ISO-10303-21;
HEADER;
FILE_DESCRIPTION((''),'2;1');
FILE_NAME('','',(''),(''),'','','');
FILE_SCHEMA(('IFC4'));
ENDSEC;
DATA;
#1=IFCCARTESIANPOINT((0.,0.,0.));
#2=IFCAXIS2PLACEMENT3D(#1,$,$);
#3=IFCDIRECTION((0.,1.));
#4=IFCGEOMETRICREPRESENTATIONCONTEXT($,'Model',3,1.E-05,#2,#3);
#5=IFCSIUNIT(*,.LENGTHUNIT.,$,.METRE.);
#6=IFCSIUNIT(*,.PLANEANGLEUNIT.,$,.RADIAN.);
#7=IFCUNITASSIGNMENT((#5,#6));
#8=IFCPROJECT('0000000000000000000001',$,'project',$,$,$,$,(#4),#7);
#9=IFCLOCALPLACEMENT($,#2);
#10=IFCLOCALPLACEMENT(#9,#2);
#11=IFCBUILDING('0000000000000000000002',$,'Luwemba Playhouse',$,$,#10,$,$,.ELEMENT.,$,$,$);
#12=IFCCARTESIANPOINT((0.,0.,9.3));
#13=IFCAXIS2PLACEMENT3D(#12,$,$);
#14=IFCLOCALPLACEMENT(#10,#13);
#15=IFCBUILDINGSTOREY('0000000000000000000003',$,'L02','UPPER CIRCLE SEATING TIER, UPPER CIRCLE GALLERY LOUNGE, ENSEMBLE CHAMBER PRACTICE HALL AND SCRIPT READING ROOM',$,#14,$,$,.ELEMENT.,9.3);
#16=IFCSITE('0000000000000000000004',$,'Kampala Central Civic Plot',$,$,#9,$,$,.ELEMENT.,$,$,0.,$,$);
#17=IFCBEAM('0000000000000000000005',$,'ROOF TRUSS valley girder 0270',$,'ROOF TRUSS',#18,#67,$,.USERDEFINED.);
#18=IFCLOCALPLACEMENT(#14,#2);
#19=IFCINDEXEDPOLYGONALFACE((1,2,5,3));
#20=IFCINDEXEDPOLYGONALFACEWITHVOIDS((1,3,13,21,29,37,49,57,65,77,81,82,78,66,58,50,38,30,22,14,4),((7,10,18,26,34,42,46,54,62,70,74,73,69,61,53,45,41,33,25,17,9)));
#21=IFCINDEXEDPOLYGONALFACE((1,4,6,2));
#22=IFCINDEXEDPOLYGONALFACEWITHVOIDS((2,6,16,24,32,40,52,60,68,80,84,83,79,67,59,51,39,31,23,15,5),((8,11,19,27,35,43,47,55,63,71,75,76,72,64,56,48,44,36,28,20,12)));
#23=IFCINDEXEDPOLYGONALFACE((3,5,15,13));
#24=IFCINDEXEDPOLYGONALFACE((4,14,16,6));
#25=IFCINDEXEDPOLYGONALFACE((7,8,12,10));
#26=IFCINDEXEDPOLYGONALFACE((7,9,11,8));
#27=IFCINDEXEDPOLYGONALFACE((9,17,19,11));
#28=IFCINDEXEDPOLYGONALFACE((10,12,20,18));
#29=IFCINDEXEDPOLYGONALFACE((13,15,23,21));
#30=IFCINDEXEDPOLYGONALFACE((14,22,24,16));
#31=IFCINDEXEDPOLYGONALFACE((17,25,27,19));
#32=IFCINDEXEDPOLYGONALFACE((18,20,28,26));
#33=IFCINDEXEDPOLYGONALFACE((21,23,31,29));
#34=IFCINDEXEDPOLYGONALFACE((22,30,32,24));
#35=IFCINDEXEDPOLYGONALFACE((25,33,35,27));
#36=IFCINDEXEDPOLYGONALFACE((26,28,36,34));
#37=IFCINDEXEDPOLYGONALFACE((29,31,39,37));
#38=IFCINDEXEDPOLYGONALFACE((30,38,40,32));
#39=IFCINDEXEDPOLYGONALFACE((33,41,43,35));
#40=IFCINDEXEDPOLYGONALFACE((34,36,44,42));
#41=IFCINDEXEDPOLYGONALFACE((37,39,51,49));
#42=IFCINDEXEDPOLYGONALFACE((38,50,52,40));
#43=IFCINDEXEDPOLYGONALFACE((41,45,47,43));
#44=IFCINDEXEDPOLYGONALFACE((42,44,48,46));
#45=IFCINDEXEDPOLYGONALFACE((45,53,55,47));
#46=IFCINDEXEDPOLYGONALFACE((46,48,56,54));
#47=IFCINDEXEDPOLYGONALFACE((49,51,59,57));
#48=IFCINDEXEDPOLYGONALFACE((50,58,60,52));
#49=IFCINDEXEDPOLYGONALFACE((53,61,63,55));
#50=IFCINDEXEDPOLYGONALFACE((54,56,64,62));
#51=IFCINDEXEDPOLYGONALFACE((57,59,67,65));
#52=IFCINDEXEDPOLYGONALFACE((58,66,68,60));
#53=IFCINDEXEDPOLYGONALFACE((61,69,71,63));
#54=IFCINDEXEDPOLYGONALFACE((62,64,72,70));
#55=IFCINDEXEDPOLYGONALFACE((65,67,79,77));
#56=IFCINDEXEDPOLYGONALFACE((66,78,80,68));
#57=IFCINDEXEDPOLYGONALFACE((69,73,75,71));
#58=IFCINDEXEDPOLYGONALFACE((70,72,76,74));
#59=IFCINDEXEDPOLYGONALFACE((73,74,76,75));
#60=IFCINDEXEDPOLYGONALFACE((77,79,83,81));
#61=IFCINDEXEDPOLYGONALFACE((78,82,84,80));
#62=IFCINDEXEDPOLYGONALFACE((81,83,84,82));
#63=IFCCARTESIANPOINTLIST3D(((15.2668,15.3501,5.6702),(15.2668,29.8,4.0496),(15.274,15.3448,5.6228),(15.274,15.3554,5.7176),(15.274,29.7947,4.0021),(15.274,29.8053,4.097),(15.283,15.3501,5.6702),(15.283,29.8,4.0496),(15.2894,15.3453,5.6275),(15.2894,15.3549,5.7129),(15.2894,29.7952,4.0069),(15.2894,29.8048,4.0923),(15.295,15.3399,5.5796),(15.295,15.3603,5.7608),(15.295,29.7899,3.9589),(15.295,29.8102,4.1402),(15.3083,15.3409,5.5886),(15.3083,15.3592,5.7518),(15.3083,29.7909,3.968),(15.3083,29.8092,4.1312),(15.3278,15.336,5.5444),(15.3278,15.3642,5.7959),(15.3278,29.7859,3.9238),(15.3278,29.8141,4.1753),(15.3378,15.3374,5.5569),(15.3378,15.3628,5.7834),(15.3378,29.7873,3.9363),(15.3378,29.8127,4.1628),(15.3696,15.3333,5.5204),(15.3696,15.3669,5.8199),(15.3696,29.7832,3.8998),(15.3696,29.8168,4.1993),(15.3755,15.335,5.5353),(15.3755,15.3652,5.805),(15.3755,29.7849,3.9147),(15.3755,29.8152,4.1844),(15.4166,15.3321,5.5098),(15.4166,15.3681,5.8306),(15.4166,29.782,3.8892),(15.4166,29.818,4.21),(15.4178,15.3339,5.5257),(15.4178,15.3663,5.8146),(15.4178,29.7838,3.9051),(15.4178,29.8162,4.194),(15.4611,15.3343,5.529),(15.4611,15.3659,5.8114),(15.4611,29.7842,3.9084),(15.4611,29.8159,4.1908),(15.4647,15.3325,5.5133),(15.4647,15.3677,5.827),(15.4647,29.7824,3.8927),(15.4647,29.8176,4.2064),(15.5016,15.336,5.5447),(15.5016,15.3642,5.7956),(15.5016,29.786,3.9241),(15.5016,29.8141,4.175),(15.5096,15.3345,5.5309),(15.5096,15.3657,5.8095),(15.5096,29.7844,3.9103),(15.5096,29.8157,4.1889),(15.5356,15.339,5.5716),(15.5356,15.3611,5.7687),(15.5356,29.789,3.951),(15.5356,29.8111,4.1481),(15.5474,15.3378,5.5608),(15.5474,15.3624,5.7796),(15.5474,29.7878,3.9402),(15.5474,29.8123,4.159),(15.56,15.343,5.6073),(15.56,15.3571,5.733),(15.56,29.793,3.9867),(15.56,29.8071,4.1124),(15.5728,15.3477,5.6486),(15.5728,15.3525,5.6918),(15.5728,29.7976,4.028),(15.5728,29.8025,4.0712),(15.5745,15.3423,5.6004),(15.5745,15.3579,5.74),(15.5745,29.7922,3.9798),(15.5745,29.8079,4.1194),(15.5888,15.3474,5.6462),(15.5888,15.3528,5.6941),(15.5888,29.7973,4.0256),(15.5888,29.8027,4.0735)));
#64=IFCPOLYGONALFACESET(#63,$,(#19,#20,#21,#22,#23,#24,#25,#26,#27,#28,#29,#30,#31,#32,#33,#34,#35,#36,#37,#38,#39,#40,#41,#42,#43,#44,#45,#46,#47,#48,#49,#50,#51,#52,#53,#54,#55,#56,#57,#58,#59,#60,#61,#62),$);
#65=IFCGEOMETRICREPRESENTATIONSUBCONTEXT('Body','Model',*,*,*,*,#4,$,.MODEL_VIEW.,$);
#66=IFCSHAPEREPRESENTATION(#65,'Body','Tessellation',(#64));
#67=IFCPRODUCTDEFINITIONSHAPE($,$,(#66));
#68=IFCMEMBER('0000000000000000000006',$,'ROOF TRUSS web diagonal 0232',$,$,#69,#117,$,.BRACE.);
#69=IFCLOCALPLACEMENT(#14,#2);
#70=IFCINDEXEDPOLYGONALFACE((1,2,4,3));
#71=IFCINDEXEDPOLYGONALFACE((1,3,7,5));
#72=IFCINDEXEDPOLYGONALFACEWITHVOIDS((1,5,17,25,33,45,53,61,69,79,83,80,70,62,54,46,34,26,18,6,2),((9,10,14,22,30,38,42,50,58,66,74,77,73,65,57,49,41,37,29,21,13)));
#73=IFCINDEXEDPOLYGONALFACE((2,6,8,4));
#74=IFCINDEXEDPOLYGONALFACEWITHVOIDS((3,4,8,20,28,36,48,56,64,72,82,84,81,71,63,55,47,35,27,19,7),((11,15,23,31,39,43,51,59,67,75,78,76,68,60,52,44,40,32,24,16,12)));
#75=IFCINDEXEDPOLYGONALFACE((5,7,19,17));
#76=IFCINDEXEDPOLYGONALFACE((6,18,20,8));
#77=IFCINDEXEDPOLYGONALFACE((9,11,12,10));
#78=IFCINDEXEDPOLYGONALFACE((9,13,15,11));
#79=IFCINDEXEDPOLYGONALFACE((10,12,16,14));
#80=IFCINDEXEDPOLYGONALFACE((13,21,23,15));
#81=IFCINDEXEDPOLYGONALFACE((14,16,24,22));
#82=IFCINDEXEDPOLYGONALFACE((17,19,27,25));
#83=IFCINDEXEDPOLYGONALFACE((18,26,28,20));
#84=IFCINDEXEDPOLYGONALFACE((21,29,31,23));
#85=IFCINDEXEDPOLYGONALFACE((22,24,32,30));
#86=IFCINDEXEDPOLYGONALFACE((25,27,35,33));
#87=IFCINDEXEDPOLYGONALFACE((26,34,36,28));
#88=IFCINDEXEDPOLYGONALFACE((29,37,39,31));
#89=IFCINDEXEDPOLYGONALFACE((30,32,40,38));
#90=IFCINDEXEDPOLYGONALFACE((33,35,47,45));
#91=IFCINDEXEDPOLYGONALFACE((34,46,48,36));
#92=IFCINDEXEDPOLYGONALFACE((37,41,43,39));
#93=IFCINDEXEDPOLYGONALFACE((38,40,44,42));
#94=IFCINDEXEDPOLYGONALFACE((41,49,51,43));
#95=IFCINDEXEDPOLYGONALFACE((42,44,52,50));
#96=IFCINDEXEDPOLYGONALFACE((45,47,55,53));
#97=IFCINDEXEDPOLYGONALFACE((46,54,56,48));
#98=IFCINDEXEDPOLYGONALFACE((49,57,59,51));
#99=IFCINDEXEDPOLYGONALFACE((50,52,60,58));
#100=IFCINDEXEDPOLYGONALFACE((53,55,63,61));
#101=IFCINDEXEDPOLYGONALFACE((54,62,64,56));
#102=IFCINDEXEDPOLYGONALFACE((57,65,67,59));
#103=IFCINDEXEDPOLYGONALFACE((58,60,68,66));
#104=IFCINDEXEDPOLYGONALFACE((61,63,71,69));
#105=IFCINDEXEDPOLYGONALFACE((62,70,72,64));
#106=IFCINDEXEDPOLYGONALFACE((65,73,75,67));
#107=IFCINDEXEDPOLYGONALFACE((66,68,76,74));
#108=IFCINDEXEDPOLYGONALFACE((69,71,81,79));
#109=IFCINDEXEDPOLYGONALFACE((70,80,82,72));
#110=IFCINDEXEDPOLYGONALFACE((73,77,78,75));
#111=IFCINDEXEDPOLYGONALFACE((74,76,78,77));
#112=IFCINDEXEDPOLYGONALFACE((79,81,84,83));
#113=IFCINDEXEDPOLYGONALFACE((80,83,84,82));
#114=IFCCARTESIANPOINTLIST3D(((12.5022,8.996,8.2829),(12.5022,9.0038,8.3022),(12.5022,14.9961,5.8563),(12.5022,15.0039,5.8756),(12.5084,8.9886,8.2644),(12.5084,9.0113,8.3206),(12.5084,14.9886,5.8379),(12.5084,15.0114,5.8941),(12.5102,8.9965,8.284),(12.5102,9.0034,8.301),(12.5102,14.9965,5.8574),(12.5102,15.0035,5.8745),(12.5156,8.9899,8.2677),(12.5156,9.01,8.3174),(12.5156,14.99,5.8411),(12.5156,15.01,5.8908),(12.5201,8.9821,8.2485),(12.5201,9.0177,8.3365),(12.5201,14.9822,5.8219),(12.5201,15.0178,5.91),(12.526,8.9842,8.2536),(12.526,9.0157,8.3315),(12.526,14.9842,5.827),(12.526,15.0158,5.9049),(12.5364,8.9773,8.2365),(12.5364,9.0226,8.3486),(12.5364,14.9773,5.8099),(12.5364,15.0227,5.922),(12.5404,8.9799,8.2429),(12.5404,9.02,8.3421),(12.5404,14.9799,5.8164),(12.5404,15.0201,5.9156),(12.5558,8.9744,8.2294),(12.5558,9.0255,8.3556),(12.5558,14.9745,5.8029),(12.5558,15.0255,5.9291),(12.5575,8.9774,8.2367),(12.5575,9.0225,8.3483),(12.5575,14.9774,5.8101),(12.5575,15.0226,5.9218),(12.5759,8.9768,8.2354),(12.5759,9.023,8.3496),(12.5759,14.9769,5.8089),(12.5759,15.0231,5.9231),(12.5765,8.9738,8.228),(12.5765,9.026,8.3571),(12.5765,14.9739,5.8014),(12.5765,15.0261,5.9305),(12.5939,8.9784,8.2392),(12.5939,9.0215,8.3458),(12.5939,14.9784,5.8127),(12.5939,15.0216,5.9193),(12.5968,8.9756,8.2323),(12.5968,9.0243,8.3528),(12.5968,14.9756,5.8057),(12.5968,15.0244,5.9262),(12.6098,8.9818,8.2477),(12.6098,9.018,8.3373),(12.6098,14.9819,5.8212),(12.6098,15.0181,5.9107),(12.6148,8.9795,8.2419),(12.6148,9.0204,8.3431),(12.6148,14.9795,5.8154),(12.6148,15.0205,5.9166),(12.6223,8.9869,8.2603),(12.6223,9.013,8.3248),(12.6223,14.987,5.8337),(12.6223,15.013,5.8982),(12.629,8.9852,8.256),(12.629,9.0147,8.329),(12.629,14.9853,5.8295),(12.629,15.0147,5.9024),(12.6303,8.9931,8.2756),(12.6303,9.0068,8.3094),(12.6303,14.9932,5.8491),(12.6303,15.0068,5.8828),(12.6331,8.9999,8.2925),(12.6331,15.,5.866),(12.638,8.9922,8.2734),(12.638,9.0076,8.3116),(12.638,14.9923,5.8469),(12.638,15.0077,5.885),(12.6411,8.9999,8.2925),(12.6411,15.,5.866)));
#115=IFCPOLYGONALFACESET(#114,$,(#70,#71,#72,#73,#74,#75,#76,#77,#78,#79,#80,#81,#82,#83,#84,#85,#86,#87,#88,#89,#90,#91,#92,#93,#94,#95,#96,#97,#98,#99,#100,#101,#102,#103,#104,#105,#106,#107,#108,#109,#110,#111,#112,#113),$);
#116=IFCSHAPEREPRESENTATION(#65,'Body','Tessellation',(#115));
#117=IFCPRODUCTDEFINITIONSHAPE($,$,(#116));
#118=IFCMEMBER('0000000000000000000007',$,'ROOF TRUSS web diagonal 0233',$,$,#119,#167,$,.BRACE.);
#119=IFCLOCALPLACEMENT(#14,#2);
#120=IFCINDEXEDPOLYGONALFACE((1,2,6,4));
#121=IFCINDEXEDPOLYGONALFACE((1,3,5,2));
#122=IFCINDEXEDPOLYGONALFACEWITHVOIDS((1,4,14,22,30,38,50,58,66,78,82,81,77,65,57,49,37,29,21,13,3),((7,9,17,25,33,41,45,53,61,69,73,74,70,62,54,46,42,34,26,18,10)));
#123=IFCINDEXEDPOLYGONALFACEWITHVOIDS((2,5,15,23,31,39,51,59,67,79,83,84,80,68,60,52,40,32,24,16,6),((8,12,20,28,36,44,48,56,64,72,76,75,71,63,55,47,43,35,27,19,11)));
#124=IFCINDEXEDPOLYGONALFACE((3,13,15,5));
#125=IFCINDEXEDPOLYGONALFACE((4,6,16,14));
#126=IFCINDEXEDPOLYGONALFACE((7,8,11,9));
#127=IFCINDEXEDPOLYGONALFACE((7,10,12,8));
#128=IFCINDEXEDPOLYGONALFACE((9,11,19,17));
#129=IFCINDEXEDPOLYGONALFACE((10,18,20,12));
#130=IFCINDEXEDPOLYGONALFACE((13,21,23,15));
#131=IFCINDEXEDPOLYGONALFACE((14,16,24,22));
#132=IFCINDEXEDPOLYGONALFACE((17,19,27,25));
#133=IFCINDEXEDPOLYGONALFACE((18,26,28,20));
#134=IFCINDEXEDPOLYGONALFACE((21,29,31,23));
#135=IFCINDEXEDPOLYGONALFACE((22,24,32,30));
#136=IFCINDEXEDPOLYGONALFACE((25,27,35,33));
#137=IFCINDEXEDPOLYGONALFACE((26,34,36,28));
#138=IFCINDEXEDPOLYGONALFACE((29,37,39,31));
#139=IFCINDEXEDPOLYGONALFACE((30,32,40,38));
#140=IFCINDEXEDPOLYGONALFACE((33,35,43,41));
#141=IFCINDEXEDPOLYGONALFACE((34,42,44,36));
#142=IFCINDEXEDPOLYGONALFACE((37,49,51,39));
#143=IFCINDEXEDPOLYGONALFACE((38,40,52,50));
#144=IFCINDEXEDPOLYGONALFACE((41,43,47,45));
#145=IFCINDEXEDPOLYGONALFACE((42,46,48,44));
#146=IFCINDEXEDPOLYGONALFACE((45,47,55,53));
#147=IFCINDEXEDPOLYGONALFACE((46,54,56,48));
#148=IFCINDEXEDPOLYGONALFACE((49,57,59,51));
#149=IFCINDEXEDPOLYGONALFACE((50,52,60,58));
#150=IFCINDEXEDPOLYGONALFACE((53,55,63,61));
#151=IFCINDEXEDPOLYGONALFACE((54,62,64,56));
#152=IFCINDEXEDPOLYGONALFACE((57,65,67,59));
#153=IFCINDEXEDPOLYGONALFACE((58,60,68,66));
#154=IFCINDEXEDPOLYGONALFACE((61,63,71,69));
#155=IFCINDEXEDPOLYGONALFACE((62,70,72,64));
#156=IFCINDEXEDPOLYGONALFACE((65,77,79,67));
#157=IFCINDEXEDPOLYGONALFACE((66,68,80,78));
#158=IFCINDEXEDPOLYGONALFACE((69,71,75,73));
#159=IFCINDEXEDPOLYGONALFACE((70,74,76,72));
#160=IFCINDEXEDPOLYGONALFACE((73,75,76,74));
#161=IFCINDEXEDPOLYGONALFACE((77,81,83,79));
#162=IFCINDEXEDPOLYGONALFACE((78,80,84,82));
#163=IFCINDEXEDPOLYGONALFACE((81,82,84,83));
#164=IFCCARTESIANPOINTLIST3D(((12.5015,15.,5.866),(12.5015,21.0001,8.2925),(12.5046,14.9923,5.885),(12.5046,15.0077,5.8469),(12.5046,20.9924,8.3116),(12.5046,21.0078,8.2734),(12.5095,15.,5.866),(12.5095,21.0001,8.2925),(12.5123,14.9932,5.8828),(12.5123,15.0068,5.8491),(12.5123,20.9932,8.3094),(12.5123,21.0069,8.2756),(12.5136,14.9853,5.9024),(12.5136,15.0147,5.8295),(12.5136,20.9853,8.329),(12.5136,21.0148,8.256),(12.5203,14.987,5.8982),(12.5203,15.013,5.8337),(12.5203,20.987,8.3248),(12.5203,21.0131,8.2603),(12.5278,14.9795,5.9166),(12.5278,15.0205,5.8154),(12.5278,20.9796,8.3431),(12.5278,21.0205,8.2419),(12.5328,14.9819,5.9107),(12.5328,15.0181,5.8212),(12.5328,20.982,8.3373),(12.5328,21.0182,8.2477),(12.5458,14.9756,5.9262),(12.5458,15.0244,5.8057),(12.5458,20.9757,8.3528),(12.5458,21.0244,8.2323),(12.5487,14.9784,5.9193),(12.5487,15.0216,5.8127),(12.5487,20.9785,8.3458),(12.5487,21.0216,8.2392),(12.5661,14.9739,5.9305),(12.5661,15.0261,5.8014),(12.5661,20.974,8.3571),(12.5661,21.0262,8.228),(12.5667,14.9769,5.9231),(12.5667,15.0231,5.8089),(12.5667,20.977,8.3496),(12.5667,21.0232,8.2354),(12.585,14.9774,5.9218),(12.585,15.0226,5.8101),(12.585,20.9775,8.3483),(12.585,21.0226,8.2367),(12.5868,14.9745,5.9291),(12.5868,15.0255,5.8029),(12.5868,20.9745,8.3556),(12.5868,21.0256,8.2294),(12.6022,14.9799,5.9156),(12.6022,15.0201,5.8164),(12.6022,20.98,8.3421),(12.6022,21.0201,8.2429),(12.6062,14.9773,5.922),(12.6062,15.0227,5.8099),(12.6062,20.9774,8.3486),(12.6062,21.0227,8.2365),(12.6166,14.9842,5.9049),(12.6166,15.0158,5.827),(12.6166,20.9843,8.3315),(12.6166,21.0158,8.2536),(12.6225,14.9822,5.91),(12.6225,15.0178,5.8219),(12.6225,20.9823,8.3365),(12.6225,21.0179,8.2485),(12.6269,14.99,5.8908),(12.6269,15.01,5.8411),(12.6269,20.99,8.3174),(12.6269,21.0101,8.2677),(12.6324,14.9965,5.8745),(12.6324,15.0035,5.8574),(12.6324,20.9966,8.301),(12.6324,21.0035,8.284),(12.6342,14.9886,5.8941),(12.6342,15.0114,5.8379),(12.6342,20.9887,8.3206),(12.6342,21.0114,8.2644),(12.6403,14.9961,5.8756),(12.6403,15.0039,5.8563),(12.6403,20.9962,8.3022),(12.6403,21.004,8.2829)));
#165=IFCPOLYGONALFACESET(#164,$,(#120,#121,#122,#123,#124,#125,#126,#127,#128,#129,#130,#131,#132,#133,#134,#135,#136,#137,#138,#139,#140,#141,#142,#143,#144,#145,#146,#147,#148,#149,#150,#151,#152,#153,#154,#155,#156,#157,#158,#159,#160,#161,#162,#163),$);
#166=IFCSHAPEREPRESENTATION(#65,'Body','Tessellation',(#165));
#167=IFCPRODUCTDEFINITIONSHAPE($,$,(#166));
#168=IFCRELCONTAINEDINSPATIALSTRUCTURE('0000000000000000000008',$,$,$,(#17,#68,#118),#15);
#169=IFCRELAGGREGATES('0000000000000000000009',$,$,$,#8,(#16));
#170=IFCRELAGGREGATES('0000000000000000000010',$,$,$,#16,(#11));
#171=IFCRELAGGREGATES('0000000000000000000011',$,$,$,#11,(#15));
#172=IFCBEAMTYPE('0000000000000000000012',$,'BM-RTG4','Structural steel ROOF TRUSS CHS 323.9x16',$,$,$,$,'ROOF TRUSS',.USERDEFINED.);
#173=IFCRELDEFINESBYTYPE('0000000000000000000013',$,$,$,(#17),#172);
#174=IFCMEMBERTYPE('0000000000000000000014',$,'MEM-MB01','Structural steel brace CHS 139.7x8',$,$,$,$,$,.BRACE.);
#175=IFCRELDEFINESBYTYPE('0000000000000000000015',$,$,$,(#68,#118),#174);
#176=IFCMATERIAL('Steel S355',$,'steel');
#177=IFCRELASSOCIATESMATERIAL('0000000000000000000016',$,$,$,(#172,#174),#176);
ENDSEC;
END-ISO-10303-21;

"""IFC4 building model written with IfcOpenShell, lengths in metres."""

from ifc_helpers import new_model, si_unit, direction, frame, origin, origin_2d, place, context, subcontext, project, spatial, hollow_circle, extrude, material, material_profile, profile_set, type_object, element, save


model = new_model("IFC4")

# Units and contexts
model_context = context("Model", 3, precision=1e-05, world=origin(), true_north=direction((0.0, 1.0)))
body_context = subcontext(model_context, "Body", "Model", "MODEL_VIEW")
ifc_project = project(units=[si_unit("LENGTHUNIT", "METRE"), si_unit("PLANEANGLEUNIT", "RADIAN")], contexts=[model_context])

# Site, building, storey
site_placement = place(None, origin())
site = spatial("IfcSite", under=ifc_project, at=site_placement, Name="Kampala Central Civic Plot", CompositionType="ELEMENT", RefElevation=0.0)
building_placement = place(site_placement, origin())
building = spatial("IfcBuilding", under=site, at=building_placement, Name="Luwemba Playhouse", CompositionType="ELEMENT")
storey_placement = place(building_placement, frame((0.0, 0.0, 9.3)))
storey = spatial("IfcBuildingStorey", under=building, at=storey_placement, Name="L02", Description="UPPER CIRCLE SEATING TIER, UPPER CIRCLE GALLERY LOUNGE, ENSEMBLE CHAMBER PRACTICE HALL AND SCRIPT READING ROOM", CompositionType="ELEMENT", Elevation=9.3)

# Beam
ifc_material_1 = material(Name="Steel S355", Category="steel")
ifc_material_profile_1 = material_profile(ifc_material_1, hollow_circle(Radius=0.1619, WallThickness=0.0161, at=origin_2d()))
ifc_profile_set_1 = profile_set([ifc_material_profile_1], Name="Steel S355")
beam_type_1 = type_object("IfcBeamType", Name="BM-RTG4", Description="Structural steel ROOF TRUSS CHS 323.9x16", ElementType="ROOF TRUSS", PredefinedType="USERDEFINED", material=ifc_profile_set_1)
beam_1_placement = place(storey_placement, frame((15.4287, 15.3501, 5.6702), z_axis=(0.0, 0.99377, -0.111454), x_axis=(-1.0, 0.0, 0.0)))
element("IfcBeam", 1, at=beam_1_placement, inside=storey, type_object=beam_type_1, Name="ROOF TRUSS valley girder 0270", ObjectType="ROOF TRUSS", PredefinedType="USERDEFINED", context=body_context, shape_type="SweptSolid", body=[
    extrude(hollow_circle(Radius=0.1619, WallThickness=0.0161, at=origin_2d()), origin(), (0.0, 0.0, 1.0), 14.5405),
])

# Members
ifc_material_profile_2 = material_profile(ifc_material_1, hollow_circle(Radius=0.0698, WallThickness=0.0081, at=origin_2d()))
ifc_profile_set_2 = profile_set([ifc_material_profile_2], Name="Steel S355")
member_type_1 = type_object("IfcMemberType", Name="MEM-MB01", Description="Structural steel brace CHS 139.7x8", PredefinedType="BRACE", material=ifc_profile_set_2)
for number, where, z_axis, x_axis, name in (
    (2, (12.5713, 15.0, 5.866), (0.0, -0.927057, 0.37492), (1.0, 0.0, 0.0), "ROOF TRUSS web diagonal 0232"),
    (3, (12.5713, 15.0, 5.866), (0.0, 0.927057, 0.37492), (-1.0, 0.0, 0.0), "ROOF TRUSS web diagonal 0233"),
):
    element("IfcMember", number, at=place(storey_placement, frame(where, z_axis=z_axis, x_axis=x_axis)), inside=storey, type_object=member_type_1, Name=name, PredefinedType="BRACE", context=body_context, shape_type="SweptSolid", body=[
        extrude(hollow_circle(Radius=0.0698, WallThickness=0.0081, at=origin_2d()), origin(), (0.0, 0.0, 1.0), 6.4722),
    ])

save(model, "model.ifc")
